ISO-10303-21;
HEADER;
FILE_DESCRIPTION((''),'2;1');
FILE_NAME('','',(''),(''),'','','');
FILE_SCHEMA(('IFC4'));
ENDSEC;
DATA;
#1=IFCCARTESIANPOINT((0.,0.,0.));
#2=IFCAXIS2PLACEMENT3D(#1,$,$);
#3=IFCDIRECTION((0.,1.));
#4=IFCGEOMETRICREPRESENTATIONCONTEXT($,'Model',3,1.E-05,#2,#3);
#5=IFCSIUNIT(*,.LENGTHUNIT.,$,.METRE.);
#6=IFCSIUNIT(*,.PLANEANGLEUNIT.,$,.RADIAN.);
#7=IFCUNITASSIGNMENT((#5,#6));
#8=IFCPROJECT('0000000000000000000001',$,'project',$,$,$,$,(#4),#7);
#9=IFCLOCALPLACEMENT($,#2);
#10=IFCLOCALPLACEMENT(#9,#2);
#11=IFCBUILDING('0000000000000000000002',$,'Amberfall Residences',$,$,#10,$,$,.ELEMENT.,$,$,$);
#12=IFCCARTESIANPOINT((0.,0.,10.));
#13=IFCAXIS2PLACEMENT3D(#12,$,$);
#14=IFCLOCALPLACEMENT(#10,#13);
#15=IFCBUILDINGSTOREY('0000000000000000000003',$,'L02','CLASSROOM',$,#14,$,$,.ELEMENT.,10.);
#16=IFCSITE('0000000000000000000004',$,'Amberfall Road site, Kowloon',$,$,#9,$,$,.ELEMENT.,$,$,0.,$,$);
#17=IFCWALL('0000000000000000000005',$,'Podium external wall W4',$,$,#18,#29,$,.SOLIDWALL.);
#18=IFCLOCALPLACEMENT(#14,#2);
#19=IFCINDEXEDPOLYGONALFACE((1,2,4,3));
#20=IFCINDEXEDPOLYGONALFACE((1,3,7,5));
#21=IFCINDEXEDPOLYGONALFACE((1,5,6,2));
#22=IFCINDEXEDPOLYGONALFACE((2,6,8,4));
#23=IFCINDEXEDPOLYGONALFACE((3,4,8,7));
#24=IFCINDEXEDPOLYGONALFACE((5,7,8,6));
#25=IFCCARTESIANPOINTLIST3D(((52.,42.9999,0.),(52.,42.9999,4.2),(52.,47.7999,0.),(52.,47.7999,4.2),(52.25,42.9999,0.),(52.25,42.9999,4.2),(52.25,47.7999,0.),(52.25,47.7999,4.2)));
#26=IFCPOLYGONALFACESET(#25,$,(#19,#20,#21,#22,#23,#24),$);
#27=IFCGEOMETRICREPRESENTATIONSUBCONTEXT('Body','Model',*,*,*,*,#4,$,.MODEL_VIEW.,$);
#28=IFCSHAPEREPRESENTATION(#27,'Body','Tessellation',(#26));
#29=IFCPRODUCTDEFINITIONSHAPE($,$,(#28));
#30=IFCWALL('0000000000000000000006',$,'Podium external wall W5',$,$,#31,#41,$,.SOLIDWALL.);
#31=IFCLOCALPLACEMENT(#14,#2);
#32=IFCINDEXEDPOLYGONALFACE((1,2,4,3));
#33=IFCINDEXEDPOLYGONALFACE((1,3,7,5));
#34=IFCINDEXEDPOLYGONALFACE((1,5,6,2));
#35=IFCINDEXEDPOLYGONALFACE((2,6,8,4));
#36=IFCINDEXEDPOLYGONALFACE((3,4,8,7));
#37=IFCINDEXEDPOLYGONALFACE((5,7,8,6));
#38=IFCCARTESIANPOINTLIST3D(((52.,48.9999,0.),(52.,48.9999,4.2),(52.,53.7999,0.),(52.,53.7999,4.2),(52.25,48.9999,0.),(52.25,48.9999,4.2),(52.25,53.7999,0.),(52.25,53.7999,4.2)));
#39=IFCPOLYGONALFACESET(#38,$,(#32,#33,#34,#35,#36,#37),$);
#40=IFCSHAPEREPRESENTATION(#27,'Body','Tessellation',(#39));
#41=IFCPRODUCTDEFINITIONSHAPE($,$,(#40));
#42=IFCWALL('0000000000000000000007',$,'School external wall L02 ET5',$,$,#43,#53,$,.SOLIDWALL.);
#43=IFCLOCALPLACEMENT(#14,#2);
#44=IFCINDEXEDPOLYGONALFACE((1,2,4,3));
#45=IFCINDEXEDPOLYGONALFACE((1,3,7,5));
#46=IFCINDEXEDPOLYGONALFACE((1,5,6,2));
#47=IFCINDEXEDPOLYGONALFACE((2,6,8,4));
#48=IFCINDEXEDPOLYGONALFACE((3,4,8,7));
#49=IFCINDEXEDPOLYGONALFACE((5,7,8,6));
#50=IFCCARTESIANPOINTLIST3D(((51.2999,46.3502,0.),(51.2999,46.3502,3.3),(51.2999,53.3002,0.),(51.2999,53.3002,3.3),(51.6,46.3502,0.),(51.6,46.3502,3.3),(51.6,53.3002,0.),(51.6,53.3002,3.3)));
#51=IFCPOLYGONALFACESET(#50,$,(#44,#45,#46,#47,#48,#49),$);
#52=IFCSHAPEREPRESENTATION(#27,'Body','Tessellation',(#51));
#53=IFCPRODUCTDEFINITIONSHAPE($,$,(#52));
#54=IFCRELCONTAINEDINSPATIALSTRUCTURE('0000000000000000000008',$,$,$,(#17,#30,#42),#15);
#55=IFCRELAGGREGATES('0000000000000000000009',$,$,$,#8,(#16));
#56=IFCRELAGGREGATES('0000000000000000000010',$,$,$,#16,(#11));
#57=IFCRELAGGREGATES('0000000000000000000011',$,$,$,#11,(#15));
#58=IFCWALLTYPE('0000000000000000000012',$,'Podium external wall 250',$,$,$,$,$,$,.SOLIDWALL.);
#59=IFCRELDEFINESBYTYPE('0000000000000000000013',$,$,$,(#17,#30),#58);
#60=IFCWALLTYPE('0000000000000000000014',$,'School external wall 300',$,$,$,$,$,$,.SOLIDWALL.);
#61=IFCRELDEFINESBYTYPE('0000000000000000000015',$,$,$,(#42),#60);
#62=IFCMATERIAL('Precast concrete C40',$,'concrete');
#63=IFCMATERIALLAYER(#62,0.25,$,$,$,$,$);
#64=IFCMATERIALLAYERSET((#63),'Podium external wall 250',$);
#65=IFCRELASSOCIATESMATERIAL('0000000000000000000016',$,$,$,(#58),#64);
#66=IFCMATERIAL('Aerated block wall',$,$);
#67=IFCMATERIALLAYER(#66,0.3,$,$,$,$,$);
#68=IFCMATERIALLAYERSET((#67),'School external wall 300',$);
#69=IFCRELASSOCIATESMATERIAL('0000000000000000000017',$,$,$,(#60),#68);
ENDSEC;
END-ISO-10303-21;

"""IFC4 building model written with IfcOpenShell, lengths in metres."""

from ifc_helpers import new_model, si_unit, direction, frame, frame_2d, origin, place, context, subcontext, project, spatial, rectangle, extrude, material, layer, layer_set, type_object, element, save


model = new_model("IFC4")

# Units and contexts
model_context = context("Model", 3, precision=1e-05, world=origin(), true_north=direction((0.0, 1.0)))
body_context = subcontext(model_context, "Body", "Model", "MODEL_VIEW")
ifc_project = project(units=[si_unit("LENGTHUNIT", "METRE"), si_unit("PLANEANGLEUNIT", "RADIAN")], contexts=[model_context])

# Site, building, storey
site_placement = place(None, origin())
site = spatial("IfcSite", under=ifc_project, at=site_placement, Name="Amberfall Road site, Kowloon", CompositionType="ELEMENT", RefElevation=0.0)
building_placement = place(site_placement, origin())
building = spatial("IfcBuilding", under=site, at=building_placement, Name="Amberfall Residences", CompositionType="ELEMENT")
storey_placement = place(building_placement, frame((0.0, 0.0, 10.0)))
storey = spatial("IfcBuildingStorey", under=building, at=storey_placement, Name="L02", Description="CLASSROOM", CompositionType="ELEMENT", Elevation=10.0)

# Walls
ifc_material_1 = material(Name="Precast concrete C40", Category="concrete")
ifc_layer_1 = layer(ifc_material_1, 0.25)
ifc_layer_set_1 = layer_set([ifc_layer_1], Name="Podium external wall 250")
wall_type_1 = type_object("IfcWallType", Name="Podium external wall 250", PredefinedType="SOLIDWALL", material=ifc_layer_set_1)
for number, where, z_axis, x_axis, name in (
    (1, (52.125, 43.0, 0.0), (0.0, 0.0, 1.0), (0.0, 1.0, 0.0), "Podium external wall W4"),
    (2, (52.125, 49.0, 0.0), (0.0, 0.0, 1.0), (0.0, 1.0, 0.0), "Podium external wall W5"),
):
    element("IfcWall", number, at=place(storey_placement, frame(where, z_axis=z_axis, x_axis=x_axis)), inside=storey, type_object=wall_type_1, Name=name, PredefinedType="SOLIDWALL", context=body_context, shape_type="SweptSolid", body=[
        extrude(rectangle(XDim=4.8, YDim=0.25, at=frame_2d((2.3999, 0.0))), origin(), (0.0, 0.0, 1.0), 4.2),
    ])
ifc_material_2 = material(Name="Aerated block wall")
ifc_layer_2 = layer(ifc_material_2, 0.3)
ifc_layer_set_2 = layer_set([ifc_layer_2], Name="School external wall 300")
wall_type_2 = type_object("IfcWallType", Name="School external wall 300", PredefinedType="SOLIDWALL", material=ifc_layer_set_2)
wall_placement = place(storey_placement, frame((51.45, 46.3501, 0.0), z_axis=(0.0, 0.0, 1.0), x_axis=(0.0, 1.0, 0.0)))
element("IfcWall", 3, at=wall_placement, inside=storey, type_object=wall_type_2, Name="School external wall L02 ET5", PredefinedType="SOLIDWALL", context=body_context, shape_type="SweptSolid", body=[
    extrude(rectangle(XDim=6.95, YDim=0.3, at=frame_2d((3.4751, 0.0))), origin(), (0.0, 0.0, 1.0), 3.3),
])

save(model, "model.ifc")
